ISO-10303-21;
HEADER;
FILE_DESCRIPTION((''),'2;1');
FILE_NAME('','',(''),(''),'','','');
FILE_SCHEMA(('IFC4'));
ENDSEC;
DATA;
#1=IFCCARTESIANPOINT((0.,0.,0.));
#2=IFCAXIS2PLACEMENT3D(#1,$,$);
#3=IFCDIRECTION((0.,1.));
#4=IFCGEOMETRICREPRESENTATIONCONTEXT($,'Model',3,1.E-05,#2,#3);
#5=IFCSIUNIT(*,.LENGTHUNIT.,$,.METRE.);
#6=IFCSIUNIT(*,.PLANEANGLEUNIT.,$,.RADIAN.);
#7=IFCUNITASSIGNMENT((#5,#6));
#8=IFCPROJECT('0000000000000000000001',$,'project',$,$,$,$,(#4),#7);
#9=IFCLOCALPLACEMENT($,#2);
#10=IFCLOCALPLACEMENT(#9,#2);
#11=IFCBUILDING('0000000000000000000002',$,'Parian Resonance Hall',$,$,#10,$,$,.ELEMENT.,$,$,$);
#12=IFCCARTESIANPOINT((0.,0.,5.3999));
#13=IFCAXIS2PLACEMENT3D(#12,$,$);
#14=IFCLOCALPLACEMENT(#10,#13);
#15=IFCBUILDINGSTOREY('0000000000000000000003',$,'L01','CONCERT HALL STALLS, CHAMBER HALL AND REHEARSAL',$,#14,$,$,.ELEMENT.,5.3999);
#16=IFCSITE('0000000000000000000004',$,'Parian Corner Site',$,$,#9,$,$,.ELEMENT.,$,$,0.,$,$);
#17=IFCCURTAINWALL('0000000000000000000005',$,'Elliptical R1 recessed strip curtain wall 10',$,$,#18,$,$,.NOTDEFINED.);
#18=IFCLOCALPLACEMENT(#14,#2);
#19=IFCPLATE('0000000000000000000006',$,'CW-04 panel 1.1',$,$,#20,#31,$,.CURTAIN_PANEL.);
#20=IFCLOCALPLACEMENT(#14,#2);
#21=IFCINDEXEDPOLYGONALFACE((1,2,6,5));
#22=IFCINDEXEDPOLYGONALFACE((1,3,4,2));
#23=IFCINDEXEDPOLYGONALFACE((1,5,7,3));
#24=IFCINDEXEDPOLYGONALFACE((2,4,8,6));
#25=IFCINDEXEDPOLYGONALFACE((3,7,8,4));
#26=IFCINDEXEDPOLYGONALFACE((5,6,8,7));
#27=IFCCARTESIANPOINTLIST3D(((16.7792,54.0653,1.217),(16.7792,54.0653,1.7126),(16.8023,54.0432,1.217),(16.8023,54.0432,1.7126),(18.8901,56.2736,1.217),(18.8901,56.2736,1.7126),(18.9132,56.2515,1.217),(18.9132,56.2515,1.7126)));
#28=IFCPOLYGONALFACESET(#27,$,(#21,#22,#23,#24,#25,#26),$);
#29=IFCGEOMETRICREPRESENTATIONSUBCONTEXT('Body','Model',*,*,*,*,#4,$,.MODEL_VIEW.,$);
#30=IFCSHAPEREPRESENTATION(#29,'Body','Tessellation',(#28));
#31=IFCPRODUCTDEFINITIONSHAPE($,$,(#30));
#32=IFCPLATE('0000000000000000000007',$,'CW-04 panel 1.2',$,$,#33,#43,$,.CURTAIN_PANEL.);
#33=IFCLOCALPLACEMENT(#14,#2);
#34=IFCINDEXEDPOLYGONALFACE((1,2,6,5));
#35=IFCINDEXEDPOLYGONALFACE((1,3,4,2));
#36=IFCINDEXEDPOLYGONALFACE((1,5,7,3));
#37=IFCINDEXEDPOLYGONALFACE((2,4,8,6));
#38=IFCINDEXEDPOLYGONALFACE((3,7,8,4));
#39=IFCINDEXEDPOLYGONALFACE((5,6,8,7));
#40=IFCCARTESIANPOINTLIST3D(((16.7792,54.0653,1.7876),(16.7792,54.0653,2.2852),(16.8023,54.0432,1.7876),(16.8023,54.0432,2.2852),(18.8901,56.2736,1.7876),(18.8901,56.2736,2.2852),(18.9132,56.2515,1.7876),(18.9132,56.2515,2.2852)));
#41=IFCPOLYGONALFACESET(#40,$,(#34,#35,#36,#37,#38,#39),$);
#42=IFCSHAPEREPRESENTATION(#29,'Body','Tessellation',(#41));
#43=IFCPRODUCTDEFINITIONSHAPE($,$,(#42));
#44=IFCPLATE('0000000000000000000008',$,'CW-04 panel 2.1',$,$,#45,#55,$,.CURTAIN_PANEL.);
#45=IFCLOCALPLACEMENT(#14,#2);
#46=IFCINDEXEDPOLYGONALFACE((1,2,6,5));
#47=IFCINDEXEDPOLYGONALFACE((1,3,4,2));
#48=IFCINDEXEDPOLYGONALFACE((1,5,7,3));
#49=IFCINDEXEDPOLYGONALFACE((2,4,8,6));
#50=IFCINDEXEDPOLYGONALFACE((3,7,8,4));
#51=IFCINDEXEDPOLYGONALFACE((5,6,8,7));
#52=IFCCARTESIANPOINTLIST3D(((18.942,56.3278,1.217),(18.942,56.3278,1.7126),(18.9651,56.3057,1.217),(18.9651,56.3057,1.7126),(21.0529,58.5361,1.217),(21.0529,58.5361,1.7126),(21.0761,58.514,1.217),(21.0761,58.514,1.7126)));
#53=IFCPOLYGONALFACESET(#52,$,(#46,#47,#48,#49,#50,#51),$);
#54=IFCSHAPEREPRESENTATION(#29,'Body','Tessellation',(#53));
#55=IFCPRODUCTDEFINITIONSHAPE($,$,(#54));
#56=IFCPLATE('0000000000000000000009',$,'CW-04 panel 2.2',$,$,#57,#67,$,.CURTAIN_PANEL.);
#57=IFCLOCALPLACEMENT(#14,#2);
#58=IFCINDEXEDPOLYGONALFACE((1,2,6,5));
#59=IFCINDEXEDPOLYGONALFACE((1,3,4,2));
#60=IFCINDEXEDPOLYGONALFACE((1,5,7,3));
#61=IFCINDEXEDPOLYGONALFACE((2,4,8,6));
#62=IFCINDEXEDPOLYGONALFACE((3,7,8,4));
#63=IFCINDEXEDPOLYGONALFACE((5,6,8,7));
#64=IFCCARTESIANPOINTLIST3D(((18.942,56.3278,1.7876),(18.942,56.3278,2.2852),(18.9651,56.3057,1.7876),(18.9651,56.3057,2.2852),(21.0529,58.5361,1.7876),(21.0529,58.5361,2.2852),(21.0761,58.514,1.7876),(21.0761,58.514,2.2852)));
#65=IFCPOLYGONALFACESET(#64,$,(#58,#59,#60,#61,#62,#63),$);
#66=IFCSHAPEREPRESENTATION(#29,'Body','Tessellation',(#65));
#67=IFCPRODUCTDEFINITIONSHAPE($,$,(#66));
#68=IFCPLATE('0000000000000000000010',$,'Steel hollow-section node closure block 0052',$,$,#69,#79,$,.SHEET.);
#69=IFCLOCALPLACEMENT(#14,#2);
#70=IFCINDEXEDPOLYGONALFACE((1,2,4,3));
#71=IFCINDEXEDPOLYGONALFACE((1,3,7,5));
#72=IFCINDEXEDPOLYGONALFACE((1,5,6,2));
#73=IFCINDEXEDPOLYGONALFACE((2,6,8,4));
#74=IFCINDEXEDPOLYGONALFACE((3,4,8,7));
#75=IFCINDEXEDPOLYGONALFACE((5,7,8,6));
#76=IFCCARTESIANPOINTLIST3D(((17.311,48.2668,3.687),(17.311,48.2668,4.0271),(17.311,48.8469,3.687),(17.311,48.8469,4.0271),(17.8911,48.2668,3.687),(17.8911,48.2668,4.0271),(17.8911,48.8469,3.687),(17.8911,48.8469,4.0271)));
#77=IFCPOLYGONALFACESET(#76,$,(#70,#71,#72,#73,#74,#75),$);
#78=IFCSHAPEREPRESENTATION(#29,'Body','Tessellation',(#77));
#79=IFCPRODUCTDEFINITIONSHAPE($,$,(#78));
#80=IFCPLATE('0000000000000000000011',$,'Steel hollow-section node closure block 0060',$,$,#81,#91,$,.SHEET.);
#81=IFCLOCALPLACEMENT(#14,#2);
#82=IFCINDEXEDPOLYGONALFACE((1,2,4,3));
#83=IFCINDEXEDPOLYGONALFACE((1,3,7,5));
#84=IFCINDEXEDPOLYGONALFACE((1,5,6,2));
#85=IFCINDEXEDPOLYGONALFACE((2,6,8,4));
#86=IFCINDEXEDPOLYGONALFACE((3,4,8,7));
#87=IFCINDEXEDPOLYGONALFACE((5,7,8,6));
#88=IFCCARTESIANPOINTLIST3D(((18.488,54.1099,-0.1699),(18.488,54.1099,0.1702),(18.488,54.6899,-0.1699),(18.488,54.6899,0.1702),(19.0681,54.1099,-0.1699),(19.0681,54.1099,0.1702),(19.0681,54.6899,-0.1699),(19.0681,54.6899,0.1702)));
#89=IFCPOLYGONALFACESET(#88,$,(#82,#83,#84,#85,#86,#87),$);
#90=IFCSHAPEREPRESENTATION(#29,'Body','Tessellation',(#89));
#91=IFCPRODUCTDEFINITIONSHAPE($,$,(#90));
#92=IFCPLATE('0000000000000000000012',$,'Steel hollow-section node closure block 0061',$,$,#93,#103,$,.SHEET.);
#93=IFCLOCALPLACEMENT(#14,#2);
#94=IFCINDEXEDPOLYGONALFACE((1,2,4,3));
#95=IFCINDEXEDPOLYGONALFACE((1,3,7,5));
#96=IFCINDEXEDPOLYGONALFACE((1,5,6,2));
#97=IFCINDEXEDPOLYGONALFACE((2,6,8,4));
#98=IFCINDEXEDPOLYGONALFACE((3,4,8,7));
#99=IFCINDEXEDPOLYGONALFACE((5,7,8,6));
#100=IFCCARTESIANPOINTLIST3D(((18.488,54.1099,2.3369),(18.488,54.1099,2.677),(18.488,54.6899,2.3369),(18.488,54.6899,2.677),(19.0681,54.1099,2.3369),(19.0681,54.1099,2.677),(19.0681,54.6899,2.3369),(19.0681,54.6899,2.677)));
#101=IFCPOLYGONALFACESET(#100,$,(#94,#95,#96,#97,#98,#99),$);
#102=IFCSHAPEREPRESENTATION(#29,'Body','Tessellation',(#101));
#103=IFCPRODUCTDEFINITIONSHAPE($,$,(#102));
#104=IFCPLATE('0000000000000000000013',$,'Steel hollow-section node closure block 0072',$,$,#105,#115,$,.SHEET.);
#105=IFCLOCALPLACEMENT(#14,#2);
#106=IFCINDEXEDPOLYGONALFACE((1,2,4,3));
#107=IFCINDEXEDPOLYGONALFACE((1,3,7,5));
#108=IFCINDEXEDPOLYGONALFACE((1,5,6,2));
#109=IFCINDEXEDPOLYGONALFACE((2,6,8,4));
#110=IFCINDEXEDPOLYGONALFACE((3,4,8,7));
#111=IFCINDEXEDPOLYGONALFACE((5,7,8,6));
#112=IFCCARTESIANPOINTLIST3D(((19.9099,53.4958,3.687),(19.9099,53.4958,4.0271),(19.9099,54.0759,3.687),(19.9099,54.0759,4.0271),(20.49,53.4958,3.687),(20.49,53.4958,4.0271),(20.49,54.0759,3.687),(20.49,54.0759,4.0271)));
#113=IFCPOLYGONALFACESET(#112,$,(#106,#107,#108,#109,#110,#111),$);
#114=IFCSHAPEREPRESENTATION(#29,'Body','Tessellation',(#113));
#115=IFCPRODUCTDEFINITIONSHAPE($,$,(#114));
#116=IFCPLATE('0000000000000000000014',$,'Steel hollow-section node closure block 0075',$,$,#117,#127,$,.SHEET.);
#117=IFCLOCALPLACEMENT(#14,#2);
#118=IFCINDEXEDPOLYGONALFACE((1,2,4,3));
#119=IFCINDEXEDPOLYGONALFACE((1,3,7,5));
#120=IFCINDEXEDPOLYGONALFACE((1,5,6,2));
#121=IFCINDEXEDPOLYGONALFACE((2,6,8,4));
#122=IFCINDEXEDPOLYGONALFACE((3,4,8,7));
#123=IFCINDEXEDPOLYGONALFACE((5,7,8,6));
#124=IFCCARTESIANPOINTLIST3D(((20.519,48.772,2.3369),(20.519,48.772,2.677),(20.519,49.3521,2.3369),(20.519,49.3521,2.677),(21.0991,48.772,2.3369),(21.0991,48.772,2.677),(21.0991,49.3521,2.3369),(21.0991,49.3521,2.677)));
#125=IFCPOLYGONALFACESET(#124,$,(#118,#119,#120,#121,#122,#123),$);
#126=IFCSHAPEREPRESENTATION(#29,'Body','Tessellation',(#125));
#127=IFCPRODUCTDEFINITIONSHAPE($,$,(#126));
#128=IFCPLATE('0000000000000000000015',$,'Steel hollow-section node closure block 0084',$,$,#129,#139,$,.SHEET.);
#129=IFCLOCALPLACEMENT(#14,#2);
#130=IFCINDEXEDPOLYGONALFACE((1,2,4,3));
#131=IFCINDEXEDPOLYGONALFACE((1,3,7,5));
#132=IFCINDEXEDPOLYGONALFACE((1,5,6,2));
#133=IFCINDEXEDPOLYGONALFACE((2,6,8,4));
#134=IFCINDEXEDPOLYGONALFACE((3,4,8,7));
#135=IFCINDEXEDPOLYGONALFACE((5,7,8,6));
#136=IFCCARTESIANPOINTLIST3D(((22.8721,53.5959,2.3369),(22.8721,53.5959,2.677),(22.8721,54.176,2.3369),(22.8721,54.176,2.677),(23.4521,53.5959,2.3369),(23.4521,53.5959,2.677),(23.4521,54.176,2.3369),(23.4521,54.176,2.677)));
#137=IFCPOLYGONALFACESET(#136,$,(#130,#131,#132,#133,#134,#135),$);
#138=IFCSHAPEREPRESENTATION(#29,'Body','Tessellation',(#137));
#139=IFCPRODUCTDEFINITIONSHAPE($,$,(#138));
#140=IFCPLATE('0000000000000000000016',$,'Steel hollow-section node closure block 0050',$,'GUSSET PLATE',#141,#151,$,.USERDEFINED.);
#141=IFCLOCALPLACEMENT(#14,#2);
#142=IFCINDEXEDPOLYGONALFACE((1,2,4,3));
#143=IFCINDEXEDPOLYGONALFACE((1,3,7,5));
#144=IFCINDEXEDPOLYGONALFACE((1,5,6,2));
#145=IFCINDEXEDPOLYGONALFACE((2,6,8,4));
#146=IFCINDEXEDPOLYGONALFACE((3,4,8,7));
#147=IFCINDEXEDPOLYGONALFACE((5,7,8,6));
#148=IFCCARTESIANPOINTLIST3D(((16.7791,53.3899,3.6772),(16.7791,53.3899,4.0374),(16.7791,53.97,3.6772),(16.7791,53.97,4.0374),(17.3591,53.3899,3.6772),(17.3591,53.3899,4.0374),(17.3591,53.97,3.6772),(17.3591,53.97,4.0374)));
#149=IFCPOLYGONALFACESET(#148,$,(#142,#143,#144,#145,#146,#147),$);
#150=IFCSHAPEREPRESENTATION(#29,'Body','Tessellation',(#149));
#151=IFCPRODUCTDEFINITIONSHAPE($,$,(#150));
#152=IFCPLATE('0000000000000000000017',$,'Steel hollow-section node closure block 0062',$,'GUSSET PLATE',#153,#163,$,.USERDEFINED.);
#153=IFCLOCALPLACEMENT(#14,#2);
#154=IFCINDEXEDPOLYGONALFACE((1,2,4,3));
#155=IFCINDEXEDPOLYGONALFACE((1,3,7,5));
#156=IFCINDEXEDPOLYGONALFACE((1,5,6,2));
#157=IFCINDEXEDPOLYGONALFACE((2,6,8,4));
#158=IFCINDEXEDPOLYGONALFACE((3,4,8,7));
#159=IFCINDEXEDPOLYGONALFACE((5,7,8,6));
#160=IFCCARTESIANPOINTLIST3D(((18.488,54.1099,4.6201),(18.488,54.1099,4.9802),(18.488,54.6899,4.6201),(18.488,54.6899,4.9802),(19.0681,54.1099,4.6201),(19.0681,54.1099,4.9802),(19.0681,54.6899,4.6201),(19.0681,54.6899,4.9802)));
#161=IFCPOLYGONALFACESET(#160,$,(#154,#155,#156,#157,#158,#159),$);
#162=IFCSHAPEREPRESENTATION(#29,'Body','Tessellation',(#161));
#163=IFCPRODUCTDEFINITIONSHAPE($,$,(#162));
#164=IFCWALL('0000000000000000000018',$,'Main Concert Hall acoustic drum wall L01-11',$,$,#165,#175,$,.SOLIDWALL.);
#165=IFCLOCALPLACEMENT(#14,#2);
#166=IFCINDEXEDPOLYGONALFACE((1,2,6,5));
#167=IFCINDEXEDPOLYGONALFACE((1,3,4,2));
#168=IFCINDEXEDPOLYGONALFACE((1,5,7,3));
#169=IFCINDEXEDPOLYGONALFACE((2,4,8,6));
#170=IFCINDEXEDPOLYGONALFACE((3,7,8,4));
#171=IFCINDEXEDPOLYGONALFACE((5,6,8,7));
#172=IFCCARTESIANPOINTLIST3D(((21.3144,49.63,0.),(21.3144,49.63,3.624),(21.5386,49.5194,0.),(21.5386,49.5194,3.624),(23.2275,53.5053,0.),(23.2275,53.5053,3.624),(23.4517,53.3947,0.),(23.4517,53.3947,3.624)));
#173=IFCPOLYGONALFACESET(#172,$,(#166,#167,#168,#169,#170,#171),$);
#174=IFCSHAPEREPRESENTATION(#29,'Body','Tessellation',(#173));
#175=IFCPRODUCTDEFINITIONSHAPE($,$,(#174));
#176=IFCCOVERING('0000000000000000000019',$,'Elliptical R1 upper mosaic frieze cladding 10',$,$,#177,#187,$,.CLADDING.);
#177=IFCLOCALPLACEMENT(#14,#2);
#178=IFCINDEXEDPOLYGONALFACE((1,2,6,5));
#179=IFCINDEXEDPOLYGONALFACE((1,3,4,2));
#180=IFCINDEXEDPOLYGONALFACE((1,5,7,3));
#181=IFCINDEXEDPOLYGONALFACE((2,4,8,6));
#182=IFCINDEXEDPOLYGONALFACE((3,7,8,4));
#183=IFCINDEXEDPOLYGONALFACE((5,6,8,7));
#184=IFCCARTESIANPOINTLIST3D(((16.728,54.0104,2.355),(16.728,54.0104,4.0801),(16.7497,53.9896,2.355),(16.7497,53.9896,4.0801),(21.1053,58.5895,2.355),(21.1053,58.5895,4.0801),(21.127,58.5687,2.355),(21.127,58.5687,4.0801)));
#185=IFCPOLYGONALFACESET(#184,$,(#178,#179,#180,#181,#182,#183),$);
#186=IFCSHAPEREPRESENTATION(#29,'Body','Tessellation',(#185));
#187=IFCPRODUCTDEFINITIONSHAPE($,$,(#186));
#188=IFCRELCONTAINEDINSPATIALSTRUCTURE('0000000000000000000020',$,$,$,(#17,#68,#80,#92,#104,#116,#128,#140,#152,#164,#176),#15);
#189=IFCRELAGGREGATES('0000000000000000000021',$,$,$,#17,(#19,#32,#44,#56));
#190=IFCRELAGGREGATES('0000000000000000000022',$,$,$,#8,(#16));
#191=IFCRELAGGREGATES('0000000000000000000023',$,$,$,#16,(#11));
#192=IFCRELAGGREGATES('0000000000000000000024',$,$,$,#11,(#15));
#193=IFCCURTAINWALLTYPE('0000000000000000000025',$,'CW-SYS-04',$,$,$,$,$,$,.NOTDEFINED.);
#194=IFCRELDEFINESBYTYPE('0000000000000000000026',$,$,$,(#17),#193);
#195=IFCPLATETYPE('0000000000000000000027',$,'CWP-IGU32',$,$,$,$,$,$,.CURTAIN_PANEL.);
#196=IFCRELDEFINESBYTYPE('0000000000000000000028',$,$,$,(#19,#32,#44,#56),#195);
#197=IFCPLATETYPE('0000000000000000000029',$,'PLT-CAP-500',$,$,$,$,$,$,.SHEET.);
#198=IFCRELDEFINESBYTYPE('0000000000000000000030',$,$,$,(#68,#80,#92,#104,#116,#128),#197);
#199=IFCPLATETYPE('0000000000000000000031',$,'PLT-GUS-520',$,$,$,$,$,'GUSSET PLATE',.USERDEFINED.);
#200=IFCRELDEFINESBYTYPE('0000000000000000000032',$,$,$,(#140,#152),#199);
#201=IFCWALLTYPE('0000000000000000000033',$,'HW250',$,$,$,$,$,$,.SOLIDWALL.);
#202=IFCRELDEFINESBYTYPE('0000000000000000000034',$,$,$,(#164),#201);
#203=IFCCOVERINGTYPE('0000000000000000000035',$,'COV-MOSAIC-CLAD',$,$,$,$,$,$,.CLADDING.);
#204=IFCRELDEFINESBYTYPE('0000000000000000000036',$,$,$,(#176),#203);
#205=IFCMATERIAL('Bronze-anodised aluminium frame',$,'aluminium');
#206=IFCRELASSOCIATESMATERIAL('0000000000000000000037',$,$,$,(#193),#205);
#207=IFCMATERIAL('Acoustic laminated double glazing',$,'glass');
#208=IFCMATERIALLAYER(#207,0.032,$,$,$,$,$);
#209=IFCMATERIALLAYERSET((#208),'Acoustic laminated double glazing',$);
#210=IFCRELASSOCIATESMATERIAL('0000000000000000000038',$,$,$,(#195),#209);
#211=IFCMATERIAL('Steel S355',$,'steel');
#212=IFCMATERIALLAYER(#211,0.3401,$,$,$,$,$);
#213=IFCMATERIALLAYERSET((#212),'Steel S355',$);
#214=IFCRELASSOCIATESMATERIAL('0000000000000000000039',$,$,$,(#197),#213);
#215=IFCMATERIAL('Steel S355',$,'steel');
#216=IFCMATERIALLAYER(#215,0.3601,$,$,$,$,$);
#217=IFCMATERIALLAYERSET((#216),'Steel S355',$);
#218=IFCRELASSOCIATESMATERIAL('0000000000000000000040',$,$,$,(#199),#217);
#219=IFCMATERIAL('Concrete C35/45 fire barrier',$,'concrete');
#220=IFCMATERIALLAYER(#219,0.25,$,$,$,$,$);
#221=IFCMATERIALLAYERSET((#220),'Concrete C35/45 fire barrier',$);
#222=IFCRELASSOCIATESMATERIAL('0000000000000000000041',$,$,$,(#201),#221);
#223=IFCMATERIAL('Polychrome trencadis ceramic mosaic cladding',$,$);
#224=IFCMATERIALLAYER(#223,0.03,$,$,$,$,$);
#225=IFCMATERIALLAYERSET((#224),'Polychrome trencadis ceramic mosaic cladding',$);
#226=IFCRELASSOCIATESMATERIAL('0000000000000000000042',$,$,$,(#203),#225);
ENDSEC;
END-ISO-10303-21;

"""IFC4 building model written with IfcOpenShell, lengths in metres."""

from ifc_helpers import new_model, si_unit, direction, frame, frame_2d, origin, origin_2d, place, context, subcontext, project, spatial, rectangle, extrude, material, layer, layer_set, type_object, element, aggregate, save


model = new_model("IFC4")

# Units and contexts
model_context = context("Model", 3, precision=1e-05, world=origin(), true_north=direction((0.0, 1.0)))
body_context = subcontext(model_context, "Body", "Model", "MODEL_VIEW")
ifc_project = project(units=[si_unit("LENGTHUNIT", "METRE"), si_unit("PLANEANGLEUNIT", "RADIAN")], contexts=[model_context])

# Site, building, storey
site_placement = place(None, origin())
site = spatial("IfcSite", under=ifc_project, at=site_placement, Name="Parian Corner Site", CompositionType="ELEMENT", RefElevation=0.0)
building_placement = place(site_placement, origin())
building = spatial("IfcBuilding", under=site, at=building_placement, Name="Parian Resonance Hall", CompositionType="ELEMENT")
storey_placement = place(building_placement, frame((0.0, 0.0, 5.3999)))
storey = spatial("IfcBuildingStorey", under=building, at=storey_placement, Name="L01", Description="CONCERT HALL STALLS, CHAMBER HALL AND REHEARSAL", CompositionType="ELEMENT", Elevation=5.3999)

# Curtain wall
ifc_material_1 = material(Name="Bronze-anodised aluminium frame", Category="aluminium")
curtain_wall_type = type_object("IfcCurtainWallType", Name="CW-SYS-04", PredefinedType="NOTDEFINED", material=ifc_material_1)
curtain_wall_placement = place(storey_placement, origin())
curtain_wall = element("IfcCurtainWall", 1, at=curtain_wall_placement, inside=storey, type_object=curtain_wall_type, Name="Elliptical R1 recessed strip curtain wall 10", PredefinedType="NOTDEFINED")

# Plates
ifc_material_2 = material(Name="Acoustic laminated double glazing", Category="glass")
ifc_layer_1 = layer(ifc_material_2, 0.032)
ifc_layer_set_1 = layer_set([ifc_layer_1], Name="Acoustic laminated double glazing")
plate_type_1 = type_object("IfcPlateType", Name="CWP-IGU32", PredefinedType="CURTAIN_PANEL", material=ifc_layer_set_1)
plate_1_placement = place(storey_placement, frame((17.8462, 55.1584, 1.217), z_axis=(0.0, 0.0, 1.0), x_axis=(0.690991, 0.722863, 0.0)))
plate_1 = element("IfcPlate", 2, at=plate_1_placement, type_object=plate_type_1, Name="CW-04 panel 1.1", PredefinedType="CURTAIN_PANEL", context=body_context, shape_type="SweptSolid", body=[
    extrude(rectangle(XDim=3.0549, YDim=0.032, at=origin_2d()), origin(), (0.0, 0.0, 1.0), 0.4956),
])
plate_2_placement = place(storey_placement, frame((17.8462, 55.1584, 1.7876), z_axis=(0.0, 0.0, 1.0), x_axis=(0.690991, 0.722863, 0.0)))
plate_2 = element("IfcPlate", 3, at=plate_2_placement, type_object=plate_type_1, Name="CW-04 panel 1.2", PredefinedType="CURTAIN_PANEL", context=body_context, shape_type="SweptSolid", body=[
    extrude(rectangle(XDim=3.0549, YDim=0.032, at=origin_2d()), origin(), (0.0, 0.0, 1.0), 0.4976),
])
plate_3_placement = place(storey_placement, frame((20.009, 57.4209, 1.217), z_axis=(0.0, 0.0, 1.0), x_axis=(0.690991, 0.722863, 0.0)))
plate_3 = element("IfcPlate", 4, at=plate_3_placement, type_object=plate_type_1, Name="CW-04 panel 2.1", PredefinedType="CURTAIN_PANEL", context=body_context, shape_type="SweptSolid", body=[
    extrude(rectangle(XDim=3.0549, YDim=0.032, at=origin_2d()), origin(), (0.0, 0.0, 1.0), 0.4956),
])
plate_4_placement = place(storey_placement, frame((20.009, 57.4209, 1.7876), z_axis=(0.0, 0.0, 1.0), x_axis=(0.690991, 0.722863, 0.0)))
plate_4 = element("IfcPlate", 5, at=plate_4_placement, type_object=plate_type_1, Name="CW-04 panel 2.2", PredefinedType="CURTAIN_PANEL", context=body_context, shape_type="SweptSolid", body=[
    extrude(rectangle(XDim=3.0549, YDim=0.032, at=origin_2d()), origin(), (0.0, 0.0, 1.0), 0.4976),
])
aggregate(curtain_wall, [plate_1, plate_2, plate_3, plate_4])

# Plates
ifc_material_3 = material(Name="Steel S355", Category="steel")
ifc_layer_2 = layer(ifc_material_3, 0.3401)
ifc_layer_set_2 = layer_set([ifc_layer_2], Name="Steel S355")
plate_type_2 = type_object("IfcPlateType", Name="PLT-CAP-500", PredefinedType="SHEET", material=ifc_layer_set_2)
for number, where, z_axis, x_axis, name in (
    (6, (17.6011, 48.5569, 3.687), (0.0, 0.0, 1.0), (1.0, 0.0, 0.0), "Steel hollow-section node closure block 0052"),
    (7, (18.7781, 54.3999, -0.1699), (0.0, 0.0, 1.0), (1.0, 0.0, 0.0), "Steel hollow-section node closure block 0060"),
    (8, (18.7781, 54.3999, 2.3369), (0.0, 0.0, 1.0), (1.0, 0.0, 0.0), "Steel hollow-section node closure block 0061"),
    (9, (20.2, 53.7859, 3.687), (0.0, 0.0, 1.0), (1.0, 0.0, 0.0), "Steel hollow-section node closure block 0072"),
    (10, (20.8091, 49.062, 2.3369), (0.0, 0.0, 1.0), (1.0, 0.0, 0.0), "Steel hollow-section node closure block 0075"),
    (11, (23.1621, 53.886, 2.3369), (0.0, 0.0, 1.0), (1.0, 0.0, 0.0), "Steel hollow-section node closure block 0084"),
):
    element("IfcPlate", number, at=place(storey_placement, frame(where, z_axis=z_axis, x_axis=x_axis)), inside=storey, type_object=plate_type_2, Name=name, PredefinedType="SHEET", context=body_context, shape_type="SweptSolid", body=[
        extrude(rectangle(XDim=0.5801, YDim=0.5801, at=origin_2d()), origin(), (0.0, 0.0, 1.0), 0.3401),
    ])
ifc_material_4 = material(Name="Steel S355", Category="steel")
ifc_layer_3 = layer(ifc_material_4, 0.3601)
ifc_layer_set_3 = layer_set([ifc_layer_3], Name="Steel S355")
plate_type_3 = type_object("IfcPlateType", Name="PLT-GUS-520", ElementType="GUSSET PLATE", PredefinedType="USERDEFINED", material=ifc_layer_set_3)
for number, where, z_axis, x_axis, name in (
    (12, (17.0691, 53.6799, 3.6772), (0.0, 0.0, 1.0), (1.0, 0.0, 0.0), "Steel hollow-section node closure block 0050"),
    (13, (18.7781, 54.3999, 4.6201), (0.0, 0.0, 1.0), (1.0, 0.0, 0.0), "Steel hollow-section node closure block 0062"),
):
    element("IfcPlate", number, at=place(storey_placement, frame(where, z_axis=z_axis, x_axis=x_axis)), inside=storey, type_object=plate_type_3, Name=name, ObjectType="GUSSET PLATE", PredefinedType="USERDEFINED", context=body_context, shape_type="SweptSolid", body=[
        extrude(rectangle(XDim=0.5801, YDim=0.5801, at=origin_2d()), origin(), (0.0, 0.0, 1.0), 0.3601),
    ])

# Wall
ifc_material_5 = material(Name="Concrete C35/45 fire barrier", Category="concrete")
ifc_layer_4 = layer(ifc_material_5, 0.25)
ifc_layer_set_4 = layer_set([ifc_layer_4], Name="Concrete C35/45 fire barrier")
wall_type = type_object("IfcWallType", Name="HW250", PredefinedType="SOLIDWALL", material=ifc_layer_set_4)
wall_placement = place(storey_placement, frame((21.4265, 49.5747, 0.0), z_axis=(0.0, 0.0, 1.0), x_axis=(0.442666, 0.896687, 0.0)))
element("IfcWall", 14, at=wall_placement, inside=storey, type_object=wall_type, Name="Main Concert Hall acoustic drum wall L01-11", PredefinedType="SOLIDWALL", context=body_context, shape_type="SweptSolid", body=[
    extrude(rectangle(XDim=4.3218, YDim=0.25, at=frame_2d((2.1609, 0.0))), origin(), (0.0, 0.0, 1.0), 3.624),
])

# Covering
ifc_material_6 = material(Name="Polychrome trencadis ceramic mosaic cladding")
ifc_layer_5 = layer(ifc_material_6, 0.03)
ifc_layer_set_5 = layer_set([ifc_layer_5], Name="Polychrome trencadis ceramic mosaic cladding")
covering_type = type_object("IfcCoveringType", Name="COV-MOSAIC-CLAD", PredefinedType="CLADDING", material=ifc_layer_set_5)
covering_placement = place(storey_placement, frame((18.9275, 56.2896, 2.355), z_axis=(0.0, 0.0, 1.0), x_axis=(0.690991, 0.722863, 0.0)))
element("IfcCovering", 15, at=covering_placement, inside=storey, type_object=covering_type, Name="Elliptical R1 upper mosaic frieze cladding 10", PredefinedType="CLADDING", context=body_context, shape_type="SweptSolid", body=[
    extrude(rectangle(XDim=6.3347, YDim=0.03, at=origin_2d()), origin(), (0.0, 0.0, 1.0), 1.7251),
])

save(model, "model.ifc")
